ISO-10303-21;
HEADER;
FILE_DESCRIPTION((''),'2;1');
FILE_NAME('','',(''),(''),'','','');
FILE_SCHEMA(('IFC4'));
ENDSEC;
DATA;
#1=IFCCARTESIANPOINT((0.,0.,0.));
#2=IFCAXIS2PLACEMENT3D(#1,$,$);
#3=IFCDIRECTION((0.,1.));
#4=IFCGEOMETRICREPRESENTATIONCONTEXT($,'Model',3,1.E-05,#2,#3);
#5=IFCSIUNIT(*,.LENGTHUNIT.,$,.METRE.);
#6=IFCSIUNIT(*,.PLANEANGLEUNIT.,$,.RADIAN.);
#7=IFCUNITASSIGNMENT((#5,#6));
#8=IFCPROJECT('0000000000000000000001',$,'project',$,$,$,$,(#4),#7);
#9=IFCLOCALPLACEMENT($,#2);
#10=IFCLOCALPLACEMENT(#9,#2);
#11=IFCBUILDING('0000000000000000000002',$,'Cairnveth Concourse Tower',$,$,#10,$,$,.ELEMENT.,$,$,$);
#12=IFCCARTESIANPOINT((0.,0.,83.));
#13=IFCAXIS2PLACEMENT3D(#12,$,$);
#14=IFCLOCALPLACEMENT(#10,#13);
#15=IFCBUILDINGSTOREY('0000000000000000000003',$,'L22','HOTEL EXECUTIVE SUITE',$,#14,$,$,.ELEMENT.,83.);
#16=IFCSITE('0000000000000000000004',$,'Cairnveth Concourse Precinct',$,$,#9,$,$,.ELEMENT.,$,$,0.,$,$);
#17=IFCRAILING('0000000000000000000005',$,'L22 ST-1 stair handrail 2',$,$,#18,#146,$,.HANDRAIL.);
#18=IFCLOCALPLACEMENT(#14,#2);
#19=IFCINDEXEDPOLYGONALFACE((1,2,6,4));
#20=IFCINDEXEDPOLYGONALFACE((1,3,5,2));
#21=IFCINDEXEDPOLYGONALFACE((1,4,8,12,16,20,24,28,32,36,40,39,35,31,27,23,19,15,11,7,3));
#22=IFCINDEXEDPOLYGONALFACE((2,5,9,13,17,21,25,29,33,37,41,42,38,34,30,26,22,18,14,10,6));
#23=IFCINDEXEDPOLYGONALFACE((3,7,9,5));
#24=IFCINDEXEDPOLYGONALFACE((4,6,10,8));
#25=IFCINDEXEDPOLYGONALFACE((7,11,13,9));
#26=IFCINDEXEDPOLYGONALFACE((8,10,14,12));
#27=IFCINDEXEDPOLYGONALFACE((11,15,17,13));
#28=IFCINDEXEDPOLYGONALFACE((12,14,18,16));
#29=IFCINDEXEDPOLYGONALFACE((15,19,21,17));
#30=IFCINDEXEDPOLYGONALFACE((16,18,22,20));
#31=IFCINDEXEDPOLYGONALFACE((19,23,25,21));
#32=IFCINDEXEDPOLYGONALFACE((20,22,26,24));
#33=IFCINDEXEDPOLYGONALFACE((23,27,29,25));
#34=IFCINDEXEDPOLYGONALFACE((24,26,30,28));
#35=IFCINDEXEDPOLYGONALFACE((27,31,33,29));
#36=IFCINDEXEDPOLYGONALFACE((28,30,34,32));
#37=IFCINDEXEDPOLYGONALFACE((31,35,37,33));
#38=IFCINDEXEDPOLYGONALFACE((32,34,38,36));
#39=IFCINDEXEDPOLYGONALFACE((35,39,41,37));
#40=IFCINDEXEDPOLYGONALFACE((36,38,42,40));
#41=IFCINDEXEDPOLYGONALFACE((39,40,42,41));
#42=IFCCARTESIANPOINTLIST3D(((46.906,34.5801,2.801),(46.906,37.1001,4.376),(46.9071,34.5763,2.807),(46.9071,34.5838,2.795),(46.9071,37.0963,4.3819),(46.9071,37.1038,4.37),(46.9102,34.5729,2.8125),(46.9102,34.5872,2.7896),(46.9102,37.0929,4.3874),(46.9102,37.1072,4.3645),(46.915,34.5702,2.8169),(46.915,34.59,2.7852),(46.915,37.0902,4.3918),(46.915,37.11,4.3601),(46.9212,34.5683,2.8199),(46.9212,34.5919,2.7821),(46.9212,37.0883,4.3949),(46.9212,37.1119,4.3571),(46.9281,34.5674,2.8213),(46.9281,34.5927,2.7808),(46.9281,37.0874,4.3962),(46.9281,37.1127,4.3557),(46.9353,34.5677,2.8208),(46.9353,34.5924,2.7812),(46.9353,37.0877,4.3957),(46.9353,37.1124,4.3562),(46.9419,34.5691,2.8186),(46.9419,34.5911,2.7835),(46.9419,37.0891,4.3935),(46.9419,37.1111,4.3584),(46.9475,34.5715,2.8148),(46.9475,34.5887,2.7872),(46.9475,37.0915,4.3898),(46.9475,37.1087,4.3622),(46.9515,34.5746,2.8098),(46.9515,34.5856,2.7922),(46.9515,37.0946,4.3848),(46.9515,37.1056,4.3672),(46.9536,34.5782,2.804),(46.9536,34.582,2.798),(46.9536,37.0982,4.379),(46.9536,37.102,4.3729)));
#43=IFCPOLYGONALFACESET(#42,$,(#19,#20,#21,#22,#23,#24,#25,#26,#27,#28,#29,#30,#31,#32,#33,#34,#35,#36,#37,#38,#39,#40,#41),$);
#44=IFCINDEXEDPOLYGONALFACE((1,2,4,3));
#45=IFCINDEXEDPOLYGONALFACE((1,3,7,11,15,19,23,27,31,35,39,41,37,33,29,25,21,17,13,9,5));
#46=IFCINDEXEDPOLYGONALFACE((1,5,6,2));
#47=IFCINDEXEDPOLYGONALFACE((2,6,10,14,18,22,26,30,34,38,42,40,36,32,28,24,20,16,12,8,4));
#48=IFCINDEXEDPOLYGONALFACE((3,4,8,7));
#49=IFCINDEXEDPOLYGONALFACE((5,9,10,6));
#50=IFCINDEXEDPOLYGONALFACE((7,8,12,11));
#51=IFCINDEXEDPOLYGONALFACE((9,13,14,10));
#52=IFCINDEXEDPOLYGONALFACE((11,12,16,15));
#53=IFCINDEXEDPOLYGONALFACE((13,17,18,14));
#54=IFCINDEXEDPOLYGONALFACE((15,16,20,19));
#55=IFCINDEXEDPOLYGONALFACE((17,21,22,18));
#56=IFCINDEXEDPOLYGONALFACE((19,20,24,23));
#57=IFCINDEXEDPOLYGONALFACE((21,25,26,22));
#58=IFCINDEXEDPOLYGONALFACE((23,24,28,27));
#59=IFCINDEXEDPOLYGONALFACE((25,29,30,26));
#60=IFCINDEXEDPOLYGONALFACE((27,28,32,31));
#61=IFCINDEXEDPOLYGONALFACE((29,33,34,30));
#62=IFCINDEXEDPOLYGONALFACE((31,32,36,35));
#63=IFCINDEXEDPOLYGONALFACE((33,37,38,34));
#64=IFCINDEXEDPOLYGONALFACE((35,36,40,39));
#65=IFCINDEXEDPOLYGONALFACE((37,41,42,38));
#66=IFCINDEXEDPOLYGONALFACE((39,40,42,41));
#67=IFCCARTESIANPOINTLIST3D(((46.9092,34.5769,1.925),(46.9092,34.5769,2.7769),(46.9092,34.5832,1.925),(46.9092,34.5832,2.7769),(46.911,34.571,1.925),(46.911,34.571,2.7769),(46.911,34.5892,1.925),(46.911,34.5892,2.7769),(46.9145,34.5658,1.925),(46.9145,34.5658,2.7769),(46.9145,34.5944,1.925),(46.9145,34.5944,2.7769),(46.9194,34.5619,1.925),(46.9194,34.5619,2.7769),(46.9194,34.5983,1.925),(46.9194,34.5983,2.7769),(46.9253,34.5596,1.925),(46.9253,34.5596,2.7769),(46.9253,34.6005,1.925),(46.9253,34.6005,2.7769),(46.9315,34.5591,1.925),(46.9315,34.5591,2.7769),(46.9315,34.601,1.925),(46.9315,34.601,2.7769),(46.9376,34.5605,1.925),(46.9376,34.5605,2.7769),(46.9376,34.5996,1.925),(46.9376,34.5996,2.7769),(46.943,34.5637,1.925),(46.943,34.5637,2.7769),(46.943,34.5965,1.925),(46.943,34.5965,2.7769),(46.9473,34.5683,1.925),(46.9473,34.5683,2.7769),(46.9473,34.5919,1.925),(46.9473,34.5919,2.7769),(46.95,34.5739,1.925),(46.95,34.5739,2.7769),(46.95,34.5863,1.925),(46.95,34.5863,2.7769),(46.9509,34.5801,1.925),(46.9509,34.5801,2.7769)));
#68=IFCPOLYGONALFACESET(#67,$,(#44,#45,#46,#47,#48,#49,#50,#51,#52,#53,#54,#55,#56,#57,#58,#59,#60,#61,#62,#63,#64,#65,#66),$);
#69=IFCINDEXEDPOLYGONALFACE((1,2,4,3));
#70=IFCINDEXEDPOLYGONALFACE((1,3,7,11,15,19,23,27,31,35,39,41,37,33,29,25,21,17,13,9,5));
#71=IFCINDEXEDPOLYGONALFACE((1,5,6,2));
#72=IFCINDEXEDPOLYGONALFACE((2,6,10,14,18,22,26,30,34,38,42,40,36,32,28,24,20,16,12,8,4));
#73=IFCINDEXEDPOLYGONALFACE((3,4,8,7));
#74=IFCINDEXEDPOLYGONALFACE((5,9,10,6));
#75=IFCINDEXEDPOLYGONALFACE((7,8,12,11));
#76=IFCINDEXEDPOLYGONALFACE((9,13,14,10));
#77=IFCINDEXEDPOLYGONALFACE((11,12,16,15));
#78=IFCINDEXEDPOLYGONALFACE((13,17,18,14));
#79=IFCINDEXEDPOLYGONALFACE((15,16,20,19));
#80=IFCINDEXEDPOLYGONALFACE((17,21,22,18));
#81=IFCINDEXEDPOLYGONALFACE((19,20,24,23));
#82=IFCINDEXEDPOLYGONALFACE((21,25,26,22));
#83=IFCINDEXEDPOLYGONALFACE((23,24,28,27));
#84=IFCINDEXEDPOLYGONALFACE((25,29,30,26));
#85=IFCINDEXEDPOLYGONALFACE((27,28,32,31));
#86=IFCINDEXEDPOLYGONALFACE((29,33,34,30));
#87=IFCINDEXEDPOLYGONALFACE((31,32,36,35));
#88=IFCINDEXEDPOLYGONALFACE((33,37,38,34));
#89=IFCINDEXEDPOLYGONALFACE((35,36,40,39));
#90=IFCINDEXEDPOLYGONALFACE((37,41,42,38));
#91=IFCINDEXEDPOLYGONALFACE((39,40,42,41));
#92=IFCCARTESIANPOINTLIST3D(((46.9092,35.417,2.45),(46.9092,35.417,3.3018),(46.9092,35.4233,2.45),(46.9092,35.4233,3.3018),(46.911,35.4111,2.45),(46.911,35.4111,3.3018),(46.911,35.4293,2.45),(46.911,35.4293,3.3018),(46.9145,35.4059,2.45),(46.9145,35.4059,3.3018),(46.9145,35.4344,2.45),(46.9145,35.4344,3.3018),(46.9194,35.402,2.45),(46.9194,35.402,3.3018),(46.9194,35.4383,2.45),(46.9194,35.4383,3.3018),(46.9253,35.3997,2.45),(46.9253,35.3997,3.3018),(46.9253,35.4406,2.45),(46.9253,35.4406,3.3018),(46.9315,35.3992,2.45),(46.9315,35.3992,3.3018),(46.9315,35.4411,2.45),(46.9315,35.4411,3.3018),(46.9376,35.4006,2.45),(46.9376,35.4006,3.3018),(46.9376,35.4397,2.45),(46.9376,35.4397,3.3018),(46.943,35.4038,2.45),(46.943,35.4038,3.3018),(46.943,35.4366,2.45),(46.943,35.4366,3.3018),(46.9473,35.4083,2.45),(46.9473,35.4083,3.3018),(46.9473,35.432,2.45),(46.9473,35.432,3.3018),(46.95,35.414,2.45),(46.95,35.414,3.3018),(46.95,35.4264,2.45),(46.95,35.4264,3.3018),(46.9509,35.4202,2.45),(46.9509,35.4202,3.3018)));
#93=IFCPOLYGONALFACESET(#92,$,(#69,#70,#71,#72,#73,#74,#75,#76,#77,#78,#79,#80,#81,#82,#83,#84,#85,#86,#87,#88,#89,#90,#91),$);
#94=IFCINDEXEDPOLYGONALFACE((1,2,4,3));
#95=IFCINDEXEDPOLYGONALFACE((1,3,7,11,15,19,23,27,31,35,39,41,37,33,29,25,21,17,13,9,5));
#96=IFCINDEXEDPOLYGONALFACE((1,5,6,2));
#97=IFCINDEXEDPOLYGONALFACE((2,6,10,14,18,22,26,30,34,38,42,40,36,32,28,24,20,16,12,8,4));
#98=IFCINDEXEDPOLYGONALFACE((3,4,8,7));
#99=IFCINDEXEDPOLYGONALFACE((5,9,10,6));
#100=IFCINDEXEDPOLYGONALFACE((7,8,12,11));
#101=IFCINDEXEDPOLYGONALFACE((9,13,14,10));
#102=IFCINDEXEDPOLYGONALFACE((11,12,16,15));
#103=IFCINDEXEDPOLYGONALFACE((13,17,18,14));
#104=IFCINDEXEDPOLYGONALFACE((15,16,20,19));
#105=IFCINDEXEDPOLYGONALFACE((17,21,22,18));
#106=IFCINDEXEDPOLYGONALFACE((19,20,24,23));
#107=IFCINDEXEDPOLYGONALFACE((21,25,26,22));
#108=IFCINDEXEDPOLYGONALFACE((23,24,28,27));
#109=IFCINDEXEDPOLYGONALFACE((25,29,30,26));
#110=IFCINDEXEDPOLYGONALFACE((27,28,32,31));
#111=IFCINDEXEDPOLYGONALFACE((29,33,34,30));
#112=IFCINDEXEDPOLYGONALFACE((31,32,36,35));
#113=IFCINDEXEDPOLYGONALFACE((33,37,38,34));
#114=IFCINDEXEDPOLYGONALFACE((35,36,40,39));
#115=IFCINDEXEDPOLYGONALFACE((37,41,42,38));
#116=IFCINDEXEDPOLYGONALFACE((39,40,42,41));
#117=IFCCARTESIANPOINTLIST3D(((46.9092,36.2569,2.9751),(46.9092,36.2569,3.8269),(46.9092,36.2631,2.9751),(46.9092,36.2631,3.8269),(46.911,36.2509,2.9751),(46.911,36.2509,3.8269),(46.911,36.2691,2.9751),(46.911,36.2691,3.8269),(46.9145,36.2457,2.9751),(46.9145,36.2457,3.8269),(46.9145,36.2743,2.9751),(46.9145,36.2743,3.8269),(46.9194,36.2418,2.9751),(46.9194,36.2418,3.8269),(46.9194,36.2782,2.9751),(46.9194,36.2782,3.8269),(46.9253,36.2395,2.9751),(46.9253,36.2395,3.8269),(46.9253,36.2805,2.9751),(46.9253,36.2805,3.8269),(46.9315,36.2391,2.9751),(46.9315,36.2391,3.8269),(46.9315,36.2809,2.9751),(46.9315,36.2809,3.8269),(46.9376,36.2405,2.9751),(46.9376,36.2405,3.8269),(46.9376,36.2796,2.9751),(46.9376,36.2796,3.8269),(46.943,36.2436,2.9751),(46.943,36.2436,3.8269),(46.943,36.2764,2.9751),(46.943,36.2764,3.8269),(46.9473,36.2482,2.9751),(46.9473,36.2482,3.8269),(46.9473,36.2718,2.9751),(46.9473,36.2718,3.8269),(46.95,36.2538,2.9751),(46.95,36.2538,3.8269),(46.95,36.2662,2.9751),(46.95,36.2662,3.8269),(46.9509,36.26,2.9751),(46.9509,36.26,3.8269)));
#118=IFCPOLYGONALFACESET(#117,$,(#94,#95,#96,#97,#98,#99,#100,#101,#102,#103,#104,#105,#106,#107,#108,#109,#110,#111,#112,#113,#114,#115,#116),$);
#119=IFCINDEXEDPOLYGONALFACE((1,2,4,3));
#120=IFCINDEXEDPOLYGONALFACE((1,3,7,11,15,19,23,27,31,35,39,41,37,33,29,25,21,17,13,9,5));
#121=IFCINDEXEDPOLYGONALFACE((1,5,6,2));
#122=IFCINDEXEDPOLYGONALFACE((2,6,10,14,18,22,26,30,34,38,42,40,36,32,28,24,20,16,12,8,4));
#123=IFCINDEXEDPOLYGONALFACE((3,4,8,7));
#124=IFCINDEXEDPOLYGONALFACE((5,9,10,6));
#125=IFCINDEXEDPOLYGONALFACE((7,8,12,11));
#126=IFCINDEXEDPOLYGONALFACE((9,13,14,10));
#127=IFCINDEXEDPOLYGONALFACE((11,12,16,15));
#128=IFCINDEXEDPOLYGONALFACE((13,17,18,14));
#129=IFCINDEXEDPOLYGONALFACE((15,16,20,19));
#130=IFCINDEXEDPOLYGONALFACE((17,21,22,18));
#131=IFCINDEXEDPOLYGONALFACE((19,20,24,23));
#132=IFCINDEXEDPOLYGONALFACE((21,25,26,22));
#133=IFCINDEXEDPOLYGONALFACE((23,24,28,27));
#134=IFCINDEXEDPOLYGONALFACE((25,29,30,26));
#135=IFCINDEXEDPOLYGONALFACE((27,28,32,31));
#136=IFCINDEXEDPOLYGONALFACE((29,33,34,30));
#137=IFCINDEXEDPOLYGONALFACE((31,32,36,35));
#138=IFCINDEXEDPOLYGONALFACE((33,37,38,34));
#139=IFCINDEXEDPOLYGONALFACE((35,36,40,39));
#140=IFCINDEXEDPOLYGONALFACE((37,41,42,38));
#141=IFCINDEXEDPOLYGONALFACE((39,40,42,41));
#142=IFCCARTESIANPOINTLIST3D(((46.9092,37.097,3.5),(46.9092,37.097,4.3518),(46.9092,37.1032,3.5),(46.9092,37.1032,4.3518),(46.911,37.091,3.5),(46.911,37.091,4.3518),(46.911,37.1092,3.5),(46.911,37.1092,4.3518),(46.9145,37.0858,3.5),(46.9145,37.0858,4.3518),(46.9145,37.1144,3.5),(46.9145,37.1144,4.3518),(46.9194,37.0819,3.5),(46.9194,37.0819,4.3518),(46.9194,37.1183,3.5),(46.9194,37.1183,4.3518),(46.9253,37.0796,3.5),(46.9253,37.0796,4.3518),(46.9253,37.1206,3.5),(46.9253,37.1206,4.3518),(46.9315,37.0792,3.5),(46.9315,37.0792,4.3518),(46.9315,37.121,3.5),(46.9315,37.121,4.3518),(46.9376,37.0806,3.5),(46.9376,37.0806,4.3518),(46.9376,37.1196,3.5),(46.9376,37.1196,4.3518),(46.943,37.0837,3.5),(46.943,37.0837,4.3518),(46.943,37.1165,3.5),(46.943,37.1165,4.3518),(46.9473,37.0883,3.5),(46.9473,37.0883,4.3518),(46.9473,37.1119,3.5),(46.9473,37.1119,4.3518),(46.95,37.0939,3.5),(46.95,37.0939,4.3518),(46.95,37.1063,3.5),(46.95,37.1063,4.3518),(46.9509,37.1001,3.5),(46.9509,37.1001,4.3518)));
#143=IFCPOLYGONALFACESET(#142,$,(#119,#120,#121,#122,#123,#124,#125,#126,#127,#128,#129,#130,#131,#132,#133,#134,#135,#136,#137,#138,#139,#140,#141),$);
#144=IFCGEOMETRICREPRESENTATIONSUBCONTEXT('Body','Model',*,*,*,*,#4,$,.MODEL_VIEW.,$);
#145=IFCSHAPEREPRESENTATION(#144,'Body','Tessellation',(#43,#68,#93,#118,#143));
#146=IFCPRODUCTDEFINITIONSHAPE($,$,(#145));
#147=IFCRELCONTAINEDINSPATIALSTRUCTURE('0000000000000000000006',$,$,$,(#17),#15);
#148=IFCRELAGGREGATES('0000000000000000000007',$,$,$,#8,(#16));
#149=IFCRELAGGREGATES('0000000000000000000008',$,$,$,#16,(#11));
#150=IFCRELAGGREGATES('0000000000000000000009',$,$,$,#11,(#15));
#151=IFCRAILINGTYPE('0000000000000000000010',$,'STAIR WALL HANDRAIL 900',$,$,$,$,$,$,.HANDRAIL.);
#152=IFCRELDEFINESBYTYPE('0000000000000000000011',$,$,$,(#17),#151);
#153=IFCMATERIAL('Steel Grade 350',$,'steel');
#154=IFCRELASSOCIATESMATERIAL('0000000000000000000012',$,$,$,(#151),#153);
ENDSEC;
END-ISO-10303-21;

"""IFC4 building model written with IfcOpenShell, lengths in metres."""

from ifc_helpers import new_model, si_unit, direction, frame, origin, origin_2d, place, context, subcontext, project, spatial, circle, extrude, material, type_object, element, save


model = new_model("IFC4")

# Units and contexts
model_context = context("Model", 3, precision=1e-05, world=origin(), true_north=direction((0.0, 1.0)))
body_context = subcontext(model_context, "Body", "Model", "MODEL_VIEW")
ifc_project = project(units=[si_unit("LENGTHUNIT", "METRE"), si_unit("PLANEANGLEUNIT", "RADIAN")], contexts=[model_context])

# Site, building, storey
site_placement = place(None, origin())
site = spatial("IfcSite", under=ifc_project, at=site_placement, Name="Cairnveth Concourse Precinct", CompositionType="ELEMENT", RefElevation=0.0)
building_placement = place(site_placement, origin())
building = spatial("IfcBuilding", under=site, at=building_placement, Name="Cairnveth Concourse Tower", CompositionType="ELEMENT")
storey_placement = place(building_placement, frame((0.0, 0.0, 83.0)))
storey = spatial("IfcBuildingStorey", under=building, at=storey_placement, Name="L22", Description="HOTEL EXECUTIVE SUITE", CompositionType="ELEMENT", Elevation=83.0)

# Railing
ifc_material_1 = material(Name="Steel Grade 350", Category="steel")
railing_type_1 = type_object("IfcRailingType", Name="STAIR WALL HANDRAIL 900", PredefinedType="HANDRAIL", material=ifc_material_1)
railing_1_placement = place(storey_placement, frame((46.9299, 34.5801, 1.925)))
element("IfcRailing", 1, at=railing_1_placement, inside=storey, type_object=railing_type_1, Name="L22 ST-1 stair handrail 2", PredefinedType="HANDRAIL", context=body_context, shape_type="SweptSolid", body=[
    extrude(circle(Radius=0.0239, at=origin_2d()), frame((0.0, 0.0, 0.876), z_axis=(0.0, 0.848008, 0.529984), x_axis=(-1.0, 0.0, 0.0)), (0.0, 0.0, 1.0), 2.9717),
    extrude(circle(Radius=0.021, at=origin_2d()), origin(), (0.0, 0.0, 1.0), 0.8518),
    extrude(circle(Radius=0.021, at=origin_2d()), frame((0.0, 0.8401, 0.5249)), (0.0, 0.0, 1.0), 0.8518),
    extrude(circle(Radius=0.021, at=origin_2d()), frame((0.0, 1.6799, 1.05)), (0.0, 0.0, 1.0), 0.8518),
    extrude(circle(Radius=0.021, at=origin_2d()), frame((0.0, 2.52, 1.575)), (0.0, 0.0, 1.0), 0.8518),
])

save(model, "model.ifc")
